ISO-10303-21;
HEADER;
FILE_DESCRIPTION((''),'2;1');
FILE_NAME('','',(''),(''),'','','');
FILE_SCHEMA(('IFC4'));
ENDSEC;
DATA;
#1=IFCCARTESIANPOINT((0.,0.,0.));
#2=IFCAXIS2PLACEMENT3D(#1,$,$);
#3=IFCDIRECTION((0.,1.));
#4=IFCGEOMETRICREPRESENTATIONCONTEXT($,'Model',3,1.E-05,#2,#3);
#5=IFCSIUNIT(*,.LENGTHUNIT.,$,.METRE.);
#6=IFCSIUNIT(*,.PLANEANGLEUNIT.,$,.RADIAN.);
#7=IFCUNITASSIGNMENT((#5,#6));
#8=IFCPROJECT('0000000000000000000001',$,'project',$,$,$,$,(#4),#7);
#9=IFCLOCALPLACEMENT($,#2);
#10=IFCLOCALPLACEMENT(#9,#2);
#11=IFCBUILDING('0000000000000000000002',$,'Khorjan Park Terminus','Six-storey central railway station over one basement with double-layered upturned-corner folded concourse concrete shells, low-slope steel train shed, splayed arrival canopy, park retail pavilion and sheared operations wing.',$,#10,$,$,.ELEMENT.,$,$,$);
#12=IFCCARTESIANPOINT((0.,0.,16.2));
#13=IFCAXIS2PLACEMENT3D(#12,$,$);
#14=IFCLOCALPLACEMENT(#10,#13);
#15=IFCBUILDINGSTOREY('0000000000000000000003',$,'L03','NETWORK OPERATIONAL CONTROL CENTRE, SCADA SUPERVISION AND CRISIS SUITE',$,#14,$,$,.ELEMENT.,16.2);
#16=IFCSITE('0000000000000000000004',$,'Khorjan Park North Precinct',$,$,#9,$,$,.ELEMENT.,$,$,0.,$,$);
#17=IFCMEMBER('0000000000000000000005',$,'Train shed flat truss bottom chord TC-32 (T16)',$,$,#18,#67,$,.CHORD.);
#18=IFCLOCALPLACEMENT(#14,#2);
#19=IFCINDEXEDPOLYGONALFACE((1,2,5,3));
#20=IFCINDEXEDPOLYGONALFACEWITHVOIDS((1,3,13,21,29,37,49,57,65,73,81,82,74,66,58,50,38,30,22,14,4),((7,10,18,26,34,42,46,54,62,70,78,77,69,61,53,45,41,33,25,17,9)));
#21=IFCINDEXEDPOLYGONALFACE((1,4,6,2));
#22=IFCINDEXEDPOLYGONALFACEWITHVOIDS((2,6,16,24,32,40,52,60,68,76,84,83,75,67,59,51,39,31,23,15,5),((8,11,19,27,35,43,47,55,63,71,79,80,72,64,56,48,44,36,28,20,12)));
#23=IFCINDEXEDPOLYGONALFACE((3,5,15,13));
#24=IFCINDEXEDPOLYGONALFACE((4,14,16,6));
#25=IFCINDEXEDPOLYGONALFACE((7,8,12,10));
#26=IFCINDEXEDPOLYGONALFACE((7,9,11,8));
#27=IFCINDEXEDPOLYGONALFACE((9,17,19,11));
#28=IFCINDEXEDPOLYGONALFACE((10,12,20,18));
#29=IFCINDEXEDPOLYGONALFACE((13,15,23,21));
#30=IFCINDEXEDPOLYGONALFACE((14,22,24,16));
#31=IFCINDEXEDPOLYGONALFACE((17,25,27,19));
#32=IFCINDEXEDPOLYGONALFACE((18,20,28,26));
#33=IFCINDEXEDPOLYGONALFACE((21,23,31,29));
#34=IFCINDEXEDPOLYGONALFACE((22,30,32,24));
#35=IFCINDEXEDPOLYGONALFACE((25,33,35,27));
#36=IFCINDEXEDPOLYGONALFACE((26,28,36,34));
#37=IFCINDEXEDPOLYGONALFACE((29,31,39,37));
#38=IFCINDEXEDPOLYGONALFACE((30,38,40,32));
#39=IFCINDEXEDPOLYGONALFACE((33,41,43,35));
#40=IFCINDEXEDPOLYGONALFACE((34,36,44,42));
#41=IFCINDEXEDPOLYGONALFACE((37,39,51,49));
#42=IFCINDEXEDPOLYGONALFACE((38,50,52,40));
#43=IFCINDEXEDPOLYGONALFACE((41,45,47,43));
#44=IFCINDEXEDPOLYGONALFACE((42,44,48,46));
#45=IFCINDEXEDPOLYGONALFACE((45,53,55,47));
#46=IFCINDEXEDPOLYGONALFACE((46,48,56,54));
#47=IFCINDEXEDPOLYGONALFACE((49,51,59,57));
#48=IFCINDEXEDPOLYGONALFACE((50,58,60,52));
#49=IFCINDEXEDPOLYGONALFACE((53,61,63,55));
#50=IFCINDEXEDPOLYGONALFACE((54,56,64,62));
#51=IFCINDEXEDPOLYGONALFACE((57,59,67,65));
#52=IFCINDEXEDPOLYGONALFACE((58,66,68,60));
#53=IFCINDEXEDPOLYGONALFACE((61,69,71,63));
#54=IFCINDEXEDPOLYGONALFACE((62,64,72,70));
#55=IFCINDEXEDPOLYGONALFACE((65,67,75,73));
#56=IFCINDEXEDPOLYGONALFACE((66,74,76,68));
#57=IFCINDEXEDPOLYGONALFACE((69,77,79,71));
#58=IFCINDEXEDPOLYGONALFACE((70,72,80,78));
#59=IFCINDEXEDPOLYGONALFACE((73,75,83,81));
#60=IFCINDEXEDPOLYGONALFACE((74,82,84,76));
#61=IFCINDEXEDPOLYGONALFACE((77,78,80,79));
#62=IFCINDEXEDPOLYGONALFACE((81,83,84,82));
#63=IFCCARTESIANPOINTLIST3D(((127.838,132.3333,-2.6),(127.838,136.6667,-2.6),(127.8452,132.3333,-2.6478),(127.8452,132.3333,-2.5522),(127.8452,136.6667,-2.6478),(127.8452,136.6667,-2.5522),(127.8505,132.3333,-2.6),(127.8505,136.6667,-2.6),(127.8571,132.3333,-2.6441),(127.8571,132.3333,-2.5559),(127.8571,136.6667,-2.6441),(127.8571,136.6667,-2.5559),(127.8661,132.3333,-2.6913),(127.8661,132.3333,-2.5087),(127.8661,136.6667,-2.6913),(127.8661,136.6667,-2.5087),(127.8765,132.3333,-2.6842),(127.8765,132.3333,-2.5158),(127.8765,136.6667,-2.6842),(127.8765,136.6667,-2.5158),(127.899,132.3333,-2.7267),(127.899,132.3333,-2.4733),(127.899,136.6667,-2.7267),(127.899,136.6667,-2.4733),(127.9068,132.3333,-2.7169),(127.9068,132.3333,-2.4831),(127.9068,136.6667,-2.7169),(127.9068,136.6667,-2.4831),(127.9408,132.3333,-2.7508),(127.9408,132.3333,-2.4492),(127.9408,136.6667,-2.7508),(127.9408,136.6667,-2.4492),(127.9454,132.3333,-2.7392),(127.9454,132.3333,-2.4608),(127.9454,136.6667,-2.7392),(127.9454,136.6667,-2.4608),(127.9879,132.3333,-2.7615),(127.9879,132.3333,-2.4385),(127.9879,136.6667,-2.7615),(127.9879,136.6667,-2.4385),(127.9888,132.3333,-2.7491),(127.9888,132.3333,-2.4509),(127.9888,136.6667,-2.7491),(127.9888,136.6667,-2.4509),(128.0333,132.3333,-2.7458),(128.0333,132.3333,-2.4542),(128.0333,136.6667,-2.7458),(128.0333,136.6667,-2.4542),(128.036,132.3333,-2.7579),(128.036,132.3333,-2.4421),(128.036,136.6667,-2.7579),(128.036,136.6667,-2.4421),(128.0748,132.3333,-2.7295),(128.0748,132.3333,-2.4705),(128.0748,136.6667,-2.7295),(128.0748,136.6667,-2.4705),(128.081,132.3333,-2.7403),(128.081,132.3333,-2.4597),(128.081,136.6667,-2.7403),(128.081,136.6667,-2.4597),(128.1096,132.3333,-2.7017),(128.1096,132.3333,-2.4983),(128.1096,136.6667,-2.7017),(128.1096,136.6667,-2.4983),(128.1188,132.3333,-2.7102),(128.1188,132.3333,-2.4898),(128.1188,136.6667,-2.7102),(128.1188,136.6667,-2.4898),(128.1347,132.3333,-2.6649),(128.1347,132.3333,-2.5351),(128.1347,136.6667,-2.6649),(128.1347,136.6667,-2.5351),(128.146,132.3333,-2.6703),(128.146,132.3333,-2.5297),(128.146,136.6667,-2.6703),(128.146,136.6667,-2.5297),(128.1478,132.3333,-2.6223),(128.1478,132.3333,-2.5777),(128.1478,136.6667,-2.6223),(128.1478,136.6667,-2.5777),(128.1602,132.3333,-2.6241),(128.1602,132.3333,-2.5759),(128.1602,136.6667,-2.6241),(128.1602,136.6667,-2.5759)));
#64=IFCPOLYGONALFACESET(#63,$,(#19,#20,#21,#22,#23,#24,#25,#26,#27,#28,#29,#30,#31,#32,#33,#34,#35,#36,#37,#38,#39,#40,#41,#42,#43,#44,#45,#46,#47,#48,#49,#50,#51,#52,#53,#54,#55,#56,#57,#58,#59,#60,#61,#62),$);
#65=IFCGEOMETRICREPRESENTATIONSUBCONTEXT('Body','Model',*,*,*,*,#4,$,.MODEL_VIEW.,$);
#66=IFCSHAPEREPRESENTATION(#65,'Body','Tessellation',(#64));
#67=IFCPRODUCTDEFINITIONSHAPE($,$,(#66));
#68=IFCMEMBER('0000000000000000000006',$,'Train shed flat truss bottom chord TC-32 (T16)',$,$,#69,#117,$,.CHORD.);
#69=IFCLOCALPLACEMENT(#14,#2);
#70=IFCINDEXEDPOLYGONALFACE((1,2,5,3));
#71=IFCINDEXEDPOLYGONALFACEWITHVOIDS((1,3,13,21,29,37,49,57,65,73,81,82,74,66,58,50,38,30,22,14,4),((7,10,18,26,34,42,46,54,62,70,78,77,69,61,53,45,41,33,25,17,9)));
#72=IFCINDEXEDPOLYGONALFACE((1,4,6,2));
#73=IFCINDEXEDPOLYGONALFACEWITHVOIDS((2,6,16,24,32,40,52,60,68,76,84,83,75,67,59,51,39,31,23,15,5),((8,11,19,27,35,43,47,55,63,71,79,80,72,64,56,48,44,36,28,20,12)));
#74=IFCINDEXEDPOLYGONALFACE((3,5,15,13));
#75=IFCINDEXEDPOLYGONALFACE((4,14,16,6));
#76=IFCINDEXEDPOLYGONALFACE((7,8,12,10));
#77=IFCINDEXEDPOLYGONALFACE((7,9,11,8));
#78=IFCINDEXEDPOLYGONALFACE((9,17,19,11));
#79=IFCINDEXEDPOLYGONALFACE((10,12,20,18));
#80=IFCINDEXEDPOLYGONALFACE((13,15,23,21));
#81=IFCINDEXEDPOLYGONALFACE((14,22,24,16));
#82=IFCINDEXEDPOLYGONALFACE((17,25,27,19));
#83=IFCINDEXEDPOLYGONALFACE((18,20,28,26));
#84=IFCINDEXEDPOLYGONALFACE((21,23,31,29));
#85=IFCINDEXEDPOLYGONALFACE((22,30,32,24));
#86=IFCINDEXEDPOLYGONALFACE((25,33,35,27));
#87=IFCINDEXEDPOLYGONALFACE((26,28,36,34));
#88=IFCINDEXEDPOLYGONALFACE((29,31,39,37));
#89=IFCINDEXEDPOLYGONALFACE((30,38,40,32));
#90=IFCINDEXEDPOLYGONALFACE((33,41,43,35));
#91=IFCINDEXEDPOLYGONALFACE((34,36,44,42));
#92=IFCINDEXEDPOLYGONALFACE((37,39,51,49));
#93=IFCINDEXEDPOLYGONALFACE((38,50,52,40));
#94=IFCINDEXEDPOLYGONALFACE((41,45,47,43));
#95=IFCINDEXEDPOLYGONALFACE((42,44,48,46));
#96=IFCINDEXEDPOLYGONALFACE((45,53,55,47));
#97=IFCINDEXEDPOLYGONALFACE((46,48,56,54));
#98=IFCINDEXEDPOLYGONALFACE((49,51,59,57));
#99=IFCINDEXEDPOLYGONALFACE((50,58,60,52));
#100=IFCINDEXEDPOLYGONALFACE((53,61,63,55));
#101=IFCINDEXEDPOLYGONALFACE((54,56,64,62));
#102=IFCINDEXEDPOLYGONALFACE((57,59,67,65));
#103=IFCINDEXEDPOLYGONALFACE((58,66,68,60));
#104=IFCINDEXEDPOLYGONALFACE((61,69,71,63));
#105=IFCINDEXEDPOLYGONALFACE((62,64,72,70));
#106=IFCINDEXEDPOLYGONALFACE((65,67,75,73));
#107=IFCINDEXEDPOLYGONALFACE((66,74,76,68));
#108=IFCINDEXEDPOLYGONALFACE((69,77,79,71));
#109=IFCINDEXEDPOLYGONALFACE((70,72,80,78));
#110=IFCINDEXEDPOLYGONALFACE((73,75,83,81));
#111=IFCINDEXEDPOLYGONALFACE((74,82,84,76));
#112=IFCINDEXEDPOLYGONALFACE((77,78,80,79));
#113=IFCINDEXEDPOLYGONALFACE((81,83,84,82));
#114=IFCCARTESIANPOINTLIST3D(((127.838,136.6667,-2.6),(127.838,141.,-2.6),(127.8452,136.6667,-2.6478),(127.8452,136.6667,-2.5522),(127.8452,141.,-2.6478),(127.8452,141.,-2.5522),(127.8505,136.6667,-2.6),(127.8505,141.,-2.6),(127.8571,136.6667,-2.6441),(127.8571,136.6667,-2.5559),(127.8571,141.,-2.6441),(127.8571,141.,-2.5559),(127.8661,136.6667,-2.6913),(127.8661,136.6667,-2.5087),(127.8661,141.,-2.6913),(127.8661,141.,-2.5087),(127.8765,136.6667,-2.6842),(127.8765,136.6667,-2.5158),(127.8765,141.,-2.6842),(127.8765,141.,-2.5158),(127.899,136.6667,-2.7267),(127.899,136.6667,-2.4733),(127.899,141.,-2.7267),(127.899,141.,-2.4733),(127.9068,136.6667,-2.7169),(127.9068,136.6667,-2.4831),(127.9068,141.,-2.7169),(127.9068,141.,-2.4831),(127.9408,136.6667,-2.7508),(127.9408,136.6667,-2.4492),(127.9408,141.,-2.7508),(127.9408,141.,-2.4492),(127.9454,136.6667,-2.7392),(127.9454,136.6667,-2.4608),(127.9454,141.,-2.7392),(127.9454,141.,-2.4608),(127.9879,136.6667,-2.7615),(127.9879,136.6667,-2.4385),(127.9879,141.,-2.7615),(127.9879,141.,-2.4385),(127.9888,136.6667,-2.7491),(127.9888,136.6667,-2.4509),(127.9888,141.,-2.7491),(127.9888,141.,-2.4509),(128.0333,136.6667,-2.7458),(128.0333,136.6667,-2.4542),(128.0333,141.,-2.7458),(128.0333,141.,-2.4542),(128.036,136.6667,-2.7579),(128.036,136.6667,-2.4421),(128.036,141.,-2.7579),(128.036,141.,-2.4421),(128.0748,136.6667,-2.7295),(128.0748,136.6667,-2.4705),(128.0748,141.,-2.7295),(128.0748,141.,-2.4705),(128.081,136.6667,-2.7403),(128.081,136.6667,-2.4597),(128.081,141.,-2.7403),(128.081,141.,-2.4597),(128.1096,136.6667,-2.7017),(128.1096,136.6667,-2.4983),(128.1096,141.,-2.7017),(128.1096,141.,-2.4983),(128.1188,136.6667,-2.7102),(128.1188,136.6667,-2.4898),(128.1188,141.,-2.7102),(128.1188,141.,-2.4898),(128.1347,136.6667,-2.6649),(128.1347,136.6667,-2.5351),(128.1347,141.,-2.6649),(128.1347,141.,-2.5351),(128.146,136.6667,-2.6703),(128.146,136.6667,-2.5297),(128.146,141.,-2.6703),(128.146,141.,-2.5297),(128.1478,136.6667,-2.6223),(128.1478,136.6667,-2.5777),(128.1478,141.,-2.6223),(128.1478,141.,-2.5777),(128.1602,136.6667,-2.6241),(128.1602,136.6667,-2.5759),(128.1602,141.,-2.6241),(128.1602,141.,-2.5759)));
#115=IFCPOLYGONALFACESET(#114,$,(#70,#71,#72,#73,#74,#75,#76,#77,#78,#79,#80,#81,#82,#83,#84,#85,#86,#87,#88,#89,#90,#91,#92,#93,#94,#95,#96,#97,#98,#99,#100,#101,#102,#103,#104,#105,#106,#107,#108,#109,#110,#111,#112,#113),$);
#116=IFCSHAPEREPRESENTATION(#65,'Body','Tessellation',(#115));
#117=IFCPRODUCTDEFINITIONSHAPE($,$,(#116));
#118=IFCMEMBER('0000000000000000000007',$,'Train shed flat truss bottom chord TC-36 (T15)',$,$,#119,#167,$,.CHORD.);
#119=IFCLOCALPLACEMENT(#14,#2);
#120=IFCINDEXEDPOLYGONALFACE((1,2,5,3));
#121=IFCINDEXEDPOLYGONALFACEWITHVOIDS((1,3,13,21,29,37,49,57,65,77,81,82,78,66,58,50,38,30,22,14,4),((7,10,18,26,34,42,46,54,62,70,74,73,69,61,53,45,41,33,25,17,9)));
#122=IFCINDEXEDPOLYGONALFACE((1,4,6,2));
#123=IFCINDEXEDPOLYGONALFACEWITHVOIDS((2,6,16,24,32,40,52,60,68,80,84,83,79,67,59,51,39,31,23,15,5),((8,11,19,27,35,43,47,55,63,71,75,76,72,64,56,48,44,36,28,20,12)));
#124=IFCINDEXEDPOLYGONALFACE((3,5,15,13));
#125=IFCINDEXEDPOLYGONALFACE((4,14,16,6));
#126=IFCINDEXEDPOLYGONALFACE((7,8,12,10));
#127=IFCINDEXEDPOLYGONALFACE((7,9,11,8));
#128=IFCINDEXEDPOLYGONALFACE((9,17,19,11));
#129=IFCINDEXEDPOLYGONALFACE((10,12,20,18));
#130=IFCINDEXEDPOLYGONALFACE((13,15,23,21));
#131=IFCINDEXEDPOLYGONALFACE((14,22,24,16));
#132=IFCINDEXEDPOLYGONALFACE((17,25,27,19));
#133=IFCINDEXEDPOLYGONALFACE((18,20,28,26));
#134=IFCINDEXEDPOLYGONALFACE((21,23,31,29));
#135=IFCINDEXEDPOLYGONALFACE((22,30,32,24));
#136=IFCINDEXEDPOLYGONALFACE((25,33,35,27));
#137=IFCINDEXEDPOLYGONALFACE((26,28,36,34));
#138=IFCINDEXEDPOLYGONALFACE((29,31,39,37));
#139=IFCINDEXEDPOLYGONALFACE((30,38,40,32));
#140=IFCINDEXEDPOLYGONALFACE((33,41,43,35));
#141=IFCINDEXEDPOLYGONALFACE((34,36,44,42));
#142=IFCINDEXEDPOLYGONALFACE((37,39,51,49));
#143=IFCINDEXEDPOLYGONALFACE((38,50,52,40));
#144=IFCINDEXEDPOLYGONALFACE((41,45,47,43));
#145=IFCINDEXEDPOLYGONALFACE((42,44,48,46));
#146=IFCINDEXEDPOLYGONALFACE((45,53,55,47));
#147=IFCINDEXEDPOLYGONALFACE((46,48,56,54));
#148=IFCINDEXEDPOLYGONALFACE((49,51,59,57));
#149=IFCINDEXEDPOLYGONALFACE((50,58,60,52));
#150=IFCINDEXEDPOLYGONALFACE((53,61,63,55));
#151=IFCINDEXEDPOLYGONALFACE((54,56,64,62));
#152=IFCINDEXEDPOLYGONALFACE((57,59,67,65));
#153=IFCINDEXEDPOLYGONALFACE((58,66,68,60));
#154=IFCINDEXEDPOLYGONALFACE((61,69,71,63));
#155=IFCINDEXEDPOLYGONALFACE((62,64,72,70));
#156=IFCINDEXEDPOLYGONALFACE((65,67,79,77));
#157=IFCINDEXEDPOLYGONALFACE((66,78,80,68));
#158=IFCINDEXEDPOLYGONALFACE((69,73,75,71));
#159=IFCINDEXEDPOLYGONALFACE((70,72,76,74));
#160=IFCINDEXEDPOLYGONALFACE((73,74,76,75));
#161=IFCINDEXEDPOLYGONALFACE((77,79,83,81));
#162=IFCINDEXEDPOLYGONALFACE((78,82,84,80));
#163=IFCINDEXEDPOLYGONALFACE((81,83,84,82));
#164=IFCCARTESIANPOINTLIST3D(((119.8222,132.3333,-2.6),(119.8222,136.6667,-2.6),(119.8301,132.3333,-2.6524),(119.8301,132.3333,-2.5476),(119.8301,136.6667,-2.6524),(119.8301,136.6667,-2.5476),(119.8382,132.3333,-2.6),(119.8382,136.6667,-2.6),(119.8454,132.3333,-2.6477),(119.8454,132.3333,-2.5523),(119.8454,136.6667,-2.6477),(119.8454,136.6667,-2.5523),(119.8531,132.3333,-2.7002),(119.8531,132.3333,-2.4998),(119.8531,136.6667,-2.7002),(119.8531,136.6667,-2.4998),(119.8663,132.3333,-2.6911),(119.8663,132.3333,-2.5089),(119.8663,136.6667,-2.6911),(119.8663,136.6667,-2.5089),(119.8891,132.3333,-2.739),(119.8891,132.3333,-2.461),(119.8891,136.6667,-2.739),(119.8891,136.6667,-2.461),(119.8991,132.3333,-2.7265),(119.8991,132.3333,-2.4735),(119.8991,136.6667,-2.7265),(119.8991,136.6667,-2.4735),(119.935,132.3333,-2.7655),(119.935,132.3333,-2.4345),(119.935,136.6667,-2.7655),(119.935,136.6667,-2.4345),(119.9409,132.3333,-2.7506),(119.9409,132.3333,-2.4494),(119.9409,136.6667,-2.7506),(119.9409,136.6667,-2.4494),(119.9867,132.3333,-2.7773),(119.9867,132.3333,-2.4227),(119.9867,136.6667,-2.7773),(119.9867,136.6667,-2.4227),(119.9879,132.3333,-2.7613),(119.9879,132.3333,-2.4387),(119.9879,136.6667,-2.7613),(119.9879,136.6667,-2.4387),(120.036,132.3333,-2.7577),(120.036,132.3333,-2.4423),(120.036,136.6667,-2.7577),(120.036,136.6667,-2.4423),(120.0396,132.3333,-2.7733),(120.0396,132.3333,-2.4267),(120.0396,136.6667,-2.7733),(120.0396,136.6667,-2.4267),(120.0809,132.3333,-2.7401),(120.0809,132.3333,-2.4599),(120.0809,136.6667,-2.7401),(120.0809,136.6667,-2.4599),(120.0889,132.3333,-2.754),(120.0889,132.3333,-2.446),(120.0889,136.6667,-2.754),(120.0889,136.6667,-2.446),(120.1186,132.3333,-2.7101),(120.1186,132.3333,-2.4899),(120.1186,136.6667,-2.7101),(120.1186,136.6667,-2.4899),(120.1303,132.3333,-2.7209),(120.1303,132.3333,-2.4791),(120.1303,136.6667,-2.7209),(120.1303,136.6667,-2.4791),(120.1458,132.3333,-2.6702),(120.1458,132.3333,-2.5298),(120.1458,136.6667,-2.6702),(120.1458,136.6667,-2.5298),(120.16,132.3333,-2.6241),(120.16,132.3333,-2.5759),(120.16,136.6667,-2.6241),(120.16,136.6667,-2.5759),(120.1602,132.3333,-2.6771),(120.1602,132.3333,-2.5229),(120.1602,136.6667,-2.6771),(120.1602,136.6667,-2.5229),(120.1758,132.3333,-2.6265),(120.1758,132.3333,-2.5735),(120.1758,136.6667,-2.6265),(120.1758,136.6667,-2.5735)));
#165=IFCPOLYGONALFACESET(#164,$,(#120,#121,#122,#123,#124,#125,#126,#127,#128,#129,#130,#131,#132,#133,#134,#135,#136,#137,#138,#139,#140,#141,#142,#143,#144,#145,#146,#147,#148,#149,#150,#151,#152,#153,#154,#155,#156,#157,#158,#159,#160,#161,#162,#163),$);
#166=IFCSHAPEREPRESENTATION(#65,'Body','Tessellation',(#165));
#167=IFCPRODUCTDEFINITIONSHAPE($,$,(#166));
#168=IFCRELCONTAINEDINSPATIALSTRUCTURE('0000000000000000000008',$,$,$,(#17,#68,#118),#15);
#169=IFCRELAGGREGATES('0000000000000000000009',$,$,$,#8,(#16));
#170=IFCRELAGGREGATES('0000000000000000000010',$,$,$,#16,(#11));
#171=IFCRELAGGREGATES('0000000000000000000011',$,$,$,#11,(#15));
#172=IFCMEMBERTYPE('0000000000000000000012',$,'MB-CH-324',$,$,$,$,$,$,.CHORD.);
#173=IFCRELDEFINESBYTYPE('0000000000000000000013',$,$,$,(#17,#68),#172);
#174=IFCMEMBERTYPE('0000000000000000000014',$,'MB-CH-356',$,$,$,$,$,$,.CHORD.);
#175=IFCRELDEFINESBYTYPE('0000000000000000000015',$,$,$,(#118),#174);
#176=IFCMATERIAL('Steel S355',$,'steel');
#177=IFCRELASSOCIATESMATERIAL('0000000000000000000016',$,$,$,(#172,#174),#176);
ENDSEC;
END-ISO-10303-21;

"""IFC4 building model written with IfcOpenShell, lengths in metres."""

from ifc_helpers import new_model, si_unit, direction, frame, origin, origin_2d, place, context, subcontext, project, spatial, hollow_circle, extrude, material, material_profile, profile_set, type_object, element, save


model = new_model("IFC4")

# Units and contexts
model_context = context("Model", 3, precision=1e-05, world=origin(), true_north=direction((0.0, 1.0)))
body_context = subcontext(model_context, "Body", "Model", "MODEL_VIEW")
ifc_project = project(units=[si_unit("LENGTHUNIT", "METRE"), si_unit("PLANEANGLEUNIT", "RADIAN")], contexts=[model_context])

# Site, building, storey
site_placement = place(None, origin())
site = spatial("IfcSite", under=ifc_project, at=site_placement, Name="Khorjan Park North Precinct", CompositionType="ELEMENT", RefElevation=0.0)
building_placement = place(site_placement, origin())
building = spatial("IfcBuilding", under=site, at=building_placement, Name="Khorjan Park Terminus", Description="Six-storey central railway station over one basement with double-layered upturned-corner folded concourse concrete shells, low-slope steel train shed, splayed arrival canopy, park retail pavilion and sheared operations wing.", CompositionType="ELEMENT")
storey_placement = place(building_placement, frame((0.0, 0.0, 16.2)))
storey = spatial("IfcBuildingStorey", under=building, at=storey_placement, Name="L03", Description="NETWORK OPERATIONAL CONTROL CENTRE, SCADA SUPERVISION AND CRISIS SUITE", CompositionType="ELEMENT", Elevation=16.2)

# Members
ifc_material_1 = material(Name="Steel S355", Category="steel")
ifc_material_profile_1 = material_profile(ifc_material_1, hollow_circle(Radius=0.162, WallThickness=0.0125, at=origin_2d()), Name="CHS 323.9x12.5")
ifc_profile_set_1 = profile_set([ifc_material_profile_1], Name="Steel S355")
member_type_1 = type_object("IfcMemberType", Name="MB-CH-324", PredefinedType="CHORD", material=ifc_profile_set_1)
member_1_placement = place(storey_placement, frame((128.0, 132.3333, -2.6), z_axis=(0.0, 1.0, 0.0), x_axis=(-1.0, 0.0, 0.0)))
element("IfcMember", 1, at=member_1_placement, inside=storey, type_object=member_type_1, Name="Train shed flat truss bottom chord TC-32 (T16)", PredefinedType="CHORD", context=body_context, shape_type="SweptSolid", body=[
    extrude(hollow_circle(Radius=0.162, WallThickness=0.0125, at=origin_2d()), origin(), (0.0, 0.0, 1.0), 4.3334),
])
member_2_placement = place(storey_placement, frame((128.0, 136.6667, -2.6), z_axis=(0.0, 1.0, 0.0), x_axis=(-1.0, 0.0, 0.0)))
element("IfcMember", 2, at=member_2_placement, inside=storey, type_object=member_type_1, Name="Train shed flat truss bottom chord TC-32 (T16)", PredefinedType="CHORD", context=body_context, shape_type="SweptSolid", body=[
    extrude(hollow_circle(Radius=0.162, WallThickness=0.0125, at=origin_2d()), origin(), (0.0, 0.0, 1.0), 4.3333),
])
ifc_material_profile_2 = material_profile(ifc_material_1, hollow_circle(Radius=0.1778, WallThickness=0.016, at=origin_2d()), Name="CHS 355.6x16")
ifc_profile_set_2 = profile_set([ifc_material_profile_2], Name="Steel S355")
member_type_2 = type_object("IfcMemberType", Name="MB-CH-356", PredefinedType="CHORD", material=ifc_profile_set_2)
member_3_placement = place(storey_placement, frame((120.0, 132.3333, -2.6), z_axis=(0.0, 1.0, 0.0), x_axis=(-1.0, 0.0, 0.0)))
element("IfcMember", 3, at=member_3_placement, inside=storey, type_object=member_type_2, Name="Train shed flat truss bottom chord TC-36 (T15)", PredefinedType="CHORD", context=body_context, shape_type="SweptSolid", body=[
    extrude(hollow_circle(Radius=0.1778, WallThickness=0.016, at=origin_2d()), origin(), (0.0, 0.0, 1.0), 4.3334),
])

save(model, "model.ifc")
